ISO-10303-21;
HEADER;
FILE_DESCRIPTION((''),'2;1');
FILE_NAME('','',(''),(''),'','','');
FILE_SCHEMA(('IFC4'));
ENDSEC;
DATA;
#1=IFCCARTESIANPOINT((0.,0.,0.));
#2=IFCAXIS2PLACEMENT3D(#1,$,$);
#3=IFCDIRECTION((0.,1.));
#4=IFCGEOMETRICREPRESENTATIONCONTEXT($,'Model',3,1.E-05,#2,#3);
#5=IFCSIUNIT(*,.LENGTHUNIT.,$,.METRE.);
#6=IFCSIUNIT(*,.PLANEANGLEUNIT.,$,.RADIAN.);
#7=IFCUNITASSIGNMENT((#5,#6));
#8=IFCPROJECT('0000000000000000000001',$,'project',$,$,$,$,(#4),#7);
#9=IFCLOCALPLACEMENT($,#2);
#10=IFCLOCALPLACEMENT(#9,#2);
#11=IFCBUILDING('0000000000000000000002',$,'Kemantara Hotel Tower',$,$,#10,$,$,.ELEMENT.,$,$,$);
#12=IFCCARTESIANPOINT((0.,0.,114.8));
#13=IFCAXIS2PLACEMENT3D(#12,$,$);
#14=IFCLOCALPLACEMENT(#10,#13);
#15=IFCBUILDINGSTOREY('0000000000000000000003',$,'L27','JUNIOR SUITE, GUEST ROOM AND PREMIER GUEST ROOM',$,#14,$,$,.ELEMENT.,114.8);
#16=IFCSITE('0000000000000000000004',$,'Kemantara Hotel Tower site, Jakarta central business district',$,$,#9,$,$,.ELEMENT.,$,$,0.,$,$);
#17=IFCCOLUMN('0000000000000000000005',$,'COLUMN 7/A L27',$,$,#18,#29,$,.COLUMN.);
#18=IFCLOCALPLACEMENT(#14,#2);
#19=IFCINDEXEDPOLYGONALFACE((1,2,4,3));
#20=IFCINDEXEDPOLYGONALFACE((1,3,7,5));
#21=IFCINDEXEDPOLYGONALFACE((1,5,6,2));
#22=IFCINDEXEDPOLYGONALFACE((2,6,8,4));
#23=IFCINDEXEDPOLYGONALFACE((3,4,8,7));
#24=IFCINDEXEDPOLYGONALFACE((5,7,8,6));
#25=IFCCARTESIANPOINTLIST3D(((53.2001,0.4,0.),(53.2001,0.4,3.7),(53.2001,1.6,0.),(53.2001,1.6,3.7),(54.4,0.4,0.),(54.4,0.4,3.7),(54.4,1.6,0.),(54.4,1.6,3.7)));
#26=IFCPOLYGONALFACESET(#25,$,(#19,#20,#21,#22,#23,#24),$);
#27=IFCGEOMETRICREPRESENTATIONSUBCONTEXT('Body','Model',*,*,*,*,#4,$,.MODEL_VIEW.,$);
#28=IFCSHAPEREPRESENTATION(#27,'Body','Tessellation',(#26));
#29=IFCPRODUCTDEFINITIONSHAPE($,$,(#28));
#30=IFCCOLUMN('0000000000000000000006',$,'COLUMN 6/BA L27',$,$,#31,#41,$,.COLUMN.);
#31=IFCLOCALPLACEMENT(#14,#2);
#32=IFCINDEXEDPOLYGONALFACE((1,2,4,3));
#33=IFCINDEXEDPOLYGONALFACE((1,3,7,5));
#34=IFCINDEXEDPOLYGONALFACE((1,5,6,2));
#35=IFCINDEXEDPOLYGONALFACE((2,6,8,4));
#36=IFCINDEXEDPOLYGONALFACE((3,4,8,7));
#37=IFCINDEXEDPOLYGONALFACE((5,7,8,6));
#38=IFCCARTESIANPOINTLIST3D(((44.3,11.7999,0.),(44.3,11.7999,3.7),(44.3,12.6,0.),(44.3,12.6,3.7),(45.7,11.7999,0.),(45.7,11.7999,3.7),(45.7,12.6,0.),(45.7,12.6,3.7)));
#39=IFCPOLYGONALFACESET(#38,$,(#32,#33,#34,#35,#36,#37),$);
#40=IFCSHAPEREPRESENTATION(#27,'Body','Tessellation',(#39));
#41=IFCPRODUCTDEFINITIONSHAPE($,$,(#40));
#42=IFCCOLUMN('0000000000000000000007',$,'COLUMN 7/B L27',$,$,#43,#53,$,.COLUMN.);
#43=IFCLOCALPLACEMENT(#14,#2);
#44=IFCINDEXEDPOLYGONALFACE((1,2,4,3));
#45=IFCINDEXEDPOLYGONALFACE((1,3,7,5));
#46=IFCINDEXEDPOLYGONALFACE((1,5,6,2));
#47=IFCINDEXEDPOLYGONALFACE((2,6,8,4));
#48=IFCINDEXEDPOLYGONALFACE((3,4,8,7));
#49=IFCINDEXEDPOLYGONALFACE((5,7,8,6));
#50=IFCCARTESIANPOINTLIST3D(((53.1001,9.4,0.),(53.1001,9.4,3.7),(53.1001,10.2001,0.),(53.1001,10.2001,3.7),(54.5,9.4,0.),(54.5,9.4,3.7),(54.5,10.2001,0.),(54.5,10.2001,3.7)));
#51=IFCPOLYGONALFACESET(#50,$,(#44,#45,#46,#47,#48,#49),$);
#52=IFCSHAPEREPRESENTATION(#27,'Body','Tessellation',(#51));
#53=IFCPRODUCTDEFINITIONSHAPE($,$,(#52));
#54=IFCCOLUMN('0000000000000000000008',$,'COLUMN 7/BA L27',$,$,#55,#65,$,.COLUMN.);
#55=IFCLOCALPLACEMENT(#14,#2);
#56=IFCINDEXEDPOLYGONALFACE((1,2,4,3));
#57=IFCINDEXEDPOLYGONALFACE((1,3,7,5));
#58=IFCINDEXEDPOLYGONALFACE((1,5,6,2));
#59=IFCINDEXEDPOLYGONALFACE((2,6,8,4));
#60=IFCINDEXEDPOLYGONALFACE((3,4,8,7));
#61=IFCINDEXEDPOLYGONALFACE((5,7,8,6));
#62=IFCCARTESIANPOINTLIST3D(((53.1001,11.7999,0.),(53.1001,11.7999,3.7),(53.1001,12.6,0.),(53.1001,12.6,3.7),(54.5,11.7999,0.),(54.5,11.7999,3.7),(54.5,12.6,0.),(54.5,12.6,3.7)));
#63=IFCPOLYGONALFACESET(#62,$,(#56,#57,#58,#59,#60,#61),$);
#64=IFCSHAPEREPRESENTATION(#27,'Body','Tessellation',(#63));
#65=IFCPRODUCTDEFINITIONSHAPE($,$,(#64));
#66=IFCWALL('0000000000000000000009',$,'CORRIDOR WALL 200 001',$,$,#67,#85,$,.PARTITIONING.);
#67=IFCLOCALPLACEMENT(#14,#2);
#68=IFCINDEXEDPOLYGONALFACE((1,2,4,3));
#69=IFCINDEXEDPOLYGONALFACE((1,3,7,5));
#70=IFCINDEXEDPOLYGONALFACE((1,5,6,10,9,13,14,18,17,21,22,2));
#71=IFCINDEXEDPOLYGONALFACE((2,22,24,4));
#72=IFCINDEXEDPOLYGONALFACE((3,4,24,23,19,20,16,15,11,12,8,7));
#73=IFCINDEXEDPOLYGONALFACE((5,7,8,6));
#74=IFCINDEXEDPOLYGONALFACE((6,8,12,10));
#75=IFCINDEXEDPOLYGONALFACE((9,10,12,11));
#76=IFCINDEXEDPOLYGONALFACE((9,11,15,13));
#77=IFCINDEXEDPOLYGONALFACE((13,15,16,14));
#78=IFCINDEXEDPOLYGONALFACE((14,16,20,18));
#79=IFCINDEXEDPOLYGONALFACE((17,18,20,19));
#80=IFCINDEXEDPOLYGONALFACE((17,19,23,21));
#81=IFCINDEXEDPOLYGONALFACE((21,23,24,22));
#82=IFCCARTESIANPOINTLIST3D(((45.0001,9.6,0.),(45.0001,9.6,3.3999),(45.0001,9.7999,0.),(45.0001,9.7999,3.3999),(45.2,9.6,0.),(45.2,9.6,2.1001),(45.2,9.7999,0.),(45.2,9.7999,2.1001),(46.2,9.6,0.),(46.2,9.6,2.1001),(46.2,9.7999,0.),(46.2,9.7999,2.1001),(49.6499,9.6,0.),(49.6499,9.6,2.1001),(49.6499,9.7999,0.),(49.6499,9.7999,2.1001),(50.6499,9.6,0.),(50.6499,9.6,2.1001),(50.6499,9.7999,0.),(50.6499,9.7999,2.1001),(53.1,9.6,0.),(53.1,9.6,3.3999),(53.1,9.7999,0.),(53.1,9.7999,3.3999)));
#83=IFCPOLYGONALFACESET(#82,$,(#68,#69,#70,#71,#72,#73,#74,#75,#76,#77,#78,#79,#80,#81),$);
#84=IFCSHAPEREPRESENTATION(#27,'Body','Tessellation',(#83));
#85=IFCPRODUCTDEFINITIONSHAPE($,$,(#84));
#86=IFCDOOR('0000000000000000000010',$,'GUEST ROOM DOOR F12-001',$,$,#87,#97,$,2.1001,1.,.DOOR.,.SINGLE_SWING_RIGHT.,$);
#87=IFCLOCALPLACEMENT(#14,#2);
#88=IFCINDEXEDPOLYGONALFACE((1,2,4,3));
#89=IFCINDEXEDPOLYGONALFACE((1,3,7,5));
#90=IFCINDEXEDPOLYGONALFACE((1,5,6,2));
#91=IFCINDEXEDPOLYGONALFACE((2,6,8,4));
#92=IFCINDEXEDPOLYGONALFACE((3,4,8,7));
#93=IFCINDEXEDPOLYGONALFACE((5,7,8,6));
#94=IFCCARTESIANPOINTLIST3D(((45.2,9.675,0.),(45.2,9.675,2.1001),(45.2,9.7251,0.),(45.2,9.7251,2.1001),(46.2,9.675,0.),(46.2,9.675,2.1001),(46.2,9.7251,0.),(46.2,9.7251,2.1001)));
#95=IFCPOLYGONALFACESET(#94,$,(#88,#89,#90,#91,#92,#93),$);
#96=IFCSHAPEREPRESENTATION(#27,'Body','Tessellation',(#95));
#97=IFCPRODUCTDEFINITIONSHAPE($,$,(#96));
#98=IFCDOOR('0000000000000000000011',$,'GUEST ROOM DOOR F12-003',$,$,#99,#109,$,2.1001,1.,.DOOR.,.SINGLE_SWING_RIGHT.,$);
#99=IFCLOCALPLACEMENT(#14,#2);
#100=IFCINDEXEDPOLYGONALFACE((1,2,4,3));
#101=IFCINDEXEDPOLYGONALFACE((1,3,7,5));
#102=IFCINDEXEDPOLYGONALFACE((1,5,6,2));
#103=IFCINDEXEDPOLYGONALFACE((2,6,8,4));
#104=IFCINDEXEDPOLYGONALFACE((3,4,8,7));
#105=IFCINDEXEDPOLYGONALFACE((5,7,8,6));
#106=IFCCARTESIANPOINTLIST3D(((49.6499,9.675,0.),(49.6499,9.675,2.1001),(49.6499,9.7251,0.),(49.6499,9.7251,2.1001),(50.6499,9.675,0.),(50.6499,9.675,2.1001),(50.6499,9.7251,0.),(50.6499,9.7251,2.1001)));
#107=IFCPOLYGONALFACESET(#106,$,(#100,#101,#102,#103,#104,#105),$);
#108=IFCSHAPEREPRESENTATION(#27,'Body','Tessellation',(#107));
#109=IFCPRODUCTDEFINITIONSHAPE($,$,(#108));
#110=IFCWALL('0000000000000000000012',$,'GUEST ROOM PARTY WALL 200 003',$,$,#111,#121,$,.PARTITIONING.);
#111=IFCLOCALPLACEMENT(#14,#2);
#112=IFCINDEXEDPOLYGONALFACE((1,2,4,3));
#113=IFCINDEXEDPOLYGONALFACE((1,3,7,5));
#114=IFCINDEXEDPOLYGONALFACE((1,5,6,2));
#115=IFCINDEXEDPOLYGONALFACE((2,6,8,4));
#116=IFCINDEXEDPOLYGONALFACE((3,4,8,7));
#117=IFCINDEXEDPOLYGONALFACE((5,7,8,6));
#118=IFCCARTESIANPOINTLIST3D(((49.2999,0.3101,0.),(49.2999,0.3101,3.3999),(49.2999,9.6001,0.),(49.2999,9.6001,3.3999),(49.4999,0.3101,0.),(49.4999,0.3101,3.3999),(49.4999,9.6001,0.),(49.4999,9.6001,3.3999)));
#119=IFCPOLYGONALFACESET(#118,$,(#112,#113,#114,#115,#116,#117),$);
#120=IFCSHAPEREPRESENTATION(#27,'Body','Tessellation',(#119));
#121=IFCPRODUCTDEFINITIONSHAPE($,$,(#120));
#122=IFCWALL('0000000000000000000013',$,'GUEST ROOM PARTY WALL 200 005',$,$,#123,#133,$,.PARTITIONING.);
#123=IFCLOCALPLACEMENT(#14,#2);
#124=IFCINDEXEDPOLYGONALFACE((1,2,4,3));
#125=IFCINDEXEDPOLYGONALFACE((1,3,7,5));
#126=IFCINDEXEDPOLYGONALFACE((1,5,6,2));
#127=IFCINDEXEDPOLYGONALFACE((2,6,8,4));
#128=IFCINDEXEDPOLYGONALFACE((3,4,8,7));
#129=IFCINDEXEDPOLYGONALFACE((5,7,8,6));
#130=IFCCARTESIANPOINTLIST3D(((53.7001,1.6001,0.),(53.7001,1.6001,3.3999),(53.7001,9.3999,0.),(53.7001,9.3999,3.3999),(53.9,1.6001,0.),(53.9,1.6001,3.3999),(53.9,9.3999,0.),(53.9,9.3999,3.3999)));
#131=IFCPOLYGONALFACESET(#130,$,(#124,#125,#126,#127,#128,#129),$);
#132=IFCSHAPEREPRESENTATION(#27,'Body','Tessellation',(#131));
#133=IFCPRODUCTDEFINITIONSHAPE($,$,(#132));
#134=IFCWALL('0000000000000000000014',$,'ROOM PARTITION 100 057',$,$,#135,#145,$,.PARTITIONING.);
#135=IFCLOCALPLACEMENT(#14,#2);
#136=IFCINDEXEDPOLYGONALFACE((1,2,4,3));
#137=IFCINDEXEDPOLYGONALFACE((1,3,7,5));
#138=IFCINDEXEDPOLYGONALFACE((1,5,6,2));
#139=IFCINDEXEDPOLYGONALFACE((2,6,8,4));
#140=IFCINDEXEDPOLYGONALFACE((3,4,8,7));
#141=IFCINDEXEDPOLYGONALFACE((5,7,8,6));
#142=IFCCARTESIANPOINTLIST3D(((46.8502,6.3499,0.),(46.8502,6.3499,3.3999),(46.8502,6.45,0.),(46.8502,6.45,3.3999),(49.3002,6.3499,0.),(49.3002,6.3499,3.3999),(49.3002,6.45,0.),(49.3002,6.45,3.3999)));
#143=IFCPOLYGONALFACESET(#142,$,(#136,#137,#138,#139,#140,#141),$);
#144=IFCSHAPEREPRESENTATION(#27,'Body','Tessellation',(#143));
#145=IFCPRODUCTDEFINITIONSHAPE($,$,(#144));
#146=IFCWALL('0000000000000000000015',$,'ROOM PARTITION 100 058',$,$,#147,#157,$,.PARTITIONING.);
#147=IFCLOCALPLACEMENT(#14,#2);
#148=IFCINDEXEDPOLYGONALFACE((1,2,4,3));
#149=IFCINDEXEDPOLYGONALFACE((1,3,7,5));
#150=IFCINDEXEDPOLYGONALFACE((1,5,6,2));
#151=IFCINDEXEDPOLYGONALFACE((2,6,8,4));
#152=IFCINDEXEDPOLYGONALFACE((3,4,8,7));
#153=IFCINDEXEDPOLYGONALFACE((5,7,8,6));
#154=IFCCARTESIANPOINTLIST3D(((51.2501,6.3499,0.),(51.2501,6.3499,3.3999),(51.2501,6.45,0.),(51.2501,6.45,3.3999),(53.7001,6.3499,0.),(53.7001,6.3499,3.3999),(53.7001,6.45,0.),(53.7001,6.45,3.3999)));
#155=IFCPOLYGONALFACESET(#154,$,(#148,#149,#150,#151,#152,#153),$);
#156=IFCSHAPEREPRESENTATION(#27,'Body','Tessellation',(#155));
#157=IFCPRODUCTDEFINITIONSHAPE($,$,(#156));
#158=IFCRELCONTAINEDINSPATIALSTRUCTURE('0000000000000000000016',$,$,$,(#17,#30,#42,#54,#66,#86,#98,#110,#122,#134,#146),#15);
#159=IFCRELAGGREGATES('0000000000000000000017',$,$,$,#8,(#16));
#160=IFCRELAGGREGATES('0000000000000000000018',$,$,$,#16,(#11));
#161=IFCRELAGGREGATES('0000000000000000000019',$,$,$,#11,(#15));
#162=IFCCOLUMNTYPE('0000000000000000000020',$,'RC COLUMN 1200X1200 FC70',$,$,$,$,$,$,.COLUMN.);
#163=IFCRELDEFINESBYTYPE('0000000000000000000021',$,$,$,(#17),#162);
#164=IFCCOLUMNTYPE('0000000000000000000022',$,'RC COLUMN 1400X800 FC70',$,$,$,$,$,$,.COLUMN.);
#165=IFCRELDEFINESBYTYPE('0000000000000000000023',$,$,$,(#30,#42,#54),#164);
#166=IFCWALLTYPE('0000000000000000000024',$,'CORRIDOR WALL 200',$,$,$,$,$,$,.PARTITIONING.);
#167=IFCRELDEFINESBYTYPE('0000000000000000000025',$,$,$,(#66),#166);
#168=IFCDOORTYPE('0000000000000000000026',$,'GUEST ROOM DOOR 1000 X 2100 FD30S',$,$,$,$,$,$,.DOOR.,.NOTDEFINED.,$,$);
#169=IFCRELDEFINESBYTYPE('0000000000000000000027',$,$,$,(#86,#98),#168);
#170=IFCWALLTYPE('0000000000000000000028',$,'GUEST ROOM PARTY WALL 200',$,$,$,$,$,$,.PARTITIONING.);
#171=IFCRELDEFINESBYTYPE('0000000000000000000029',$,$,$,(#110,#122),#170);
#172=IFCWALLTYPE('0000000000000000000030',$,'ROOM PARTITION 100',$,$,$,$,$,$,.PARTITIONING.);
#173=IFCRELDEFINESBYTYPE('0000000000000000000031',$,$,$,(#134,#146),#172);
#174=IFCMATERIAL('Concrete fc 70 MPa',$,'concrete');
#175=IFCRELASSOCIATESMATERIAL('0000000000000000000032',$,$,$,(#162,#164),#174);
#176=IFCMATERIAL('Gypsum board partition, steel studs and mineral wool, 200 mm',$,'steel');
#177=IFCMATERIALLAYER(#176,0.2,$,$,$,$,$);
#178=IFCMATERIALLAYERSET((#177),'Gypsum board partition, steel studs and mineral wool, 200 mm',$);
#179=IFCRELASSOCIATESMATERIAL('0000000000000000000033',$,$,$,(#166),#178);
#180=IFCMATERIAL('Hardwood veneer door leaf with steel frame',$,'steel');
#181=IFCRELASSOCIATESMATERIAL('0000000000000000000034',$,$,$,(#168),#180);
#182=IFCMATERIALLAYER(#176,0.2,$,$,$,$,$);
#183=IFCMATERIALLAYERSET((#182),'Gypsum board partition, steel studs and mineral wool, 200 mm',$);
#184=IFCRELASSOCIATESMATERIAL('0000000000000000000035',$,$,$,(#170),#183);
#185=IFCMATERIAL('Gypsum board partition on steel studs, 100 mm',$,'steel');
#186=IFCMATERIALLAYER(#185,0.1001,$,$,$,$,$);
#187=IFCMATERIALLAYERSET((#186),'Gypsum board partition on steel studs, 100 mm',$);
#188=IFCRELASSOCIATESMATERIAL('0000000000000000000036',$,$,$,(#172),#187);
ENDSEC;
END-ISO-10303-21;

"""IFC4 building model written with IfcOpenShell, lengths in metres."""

from ifc_helpers import new_model, si_unit, direction, frame, frame_2d, origin, origin_2d, place, context, subcontext, project, spatial, rectangle, extrude, material, layer, layer_set, material_profile, profile_set, type_object, element, fill, save


model = new_model("IFC4")

# Units and contexts
model_context = context("Model", 3, precision=1e-05, world=origin(), true_north=direction((0.0, 1.0)))
body_context = subcontext(model_context, "Body", "Model", "MODEL_VIEW")
ifc_project = project(units=[si_unit("LENGTHUNIT", "METRE"), si_unit("PLANEANGLEUNIT", "RADIAN")], contexts=[model_context])

# Site, building, storey
site_placement = place(None, origin())
site = spatial("IfcSite", under=ifc_project, at=site_placement, Name="Kemantara Hotel Tower site, Jakarta central business district", CompositionType="ELEMENT", RefElevation=0.0)
building_placement = place(site_placement, origin())
building = spatial("IfcBuilding", under=site, at=building_placement, Name="Kemantara Hotel Tower", CompositionType="ELEMENT")
storey_placement = place(building_placement, frame((0.0, 0.0, 114.8)))
storey = spatial("IfcBuildingStorey", under=building, at=storey_placement, Name="L27", Description="JUNIOR SUITE, GUEST ROOM AND PREMIER GUEST ROOM", CompositionType="ELEMENT", Elevation=114.8)

# Columns
ifc_material_1 = material(Name="Concrete fc 70 MPa", Category="concrete")
ifc_material_profile_1 = material_profile(ifc_material_1, rectangle(XDim=1.2, YDim=1.2, at=origin_2d()), Name="RC 1200X1200")
ifc_profile_set_1 = profile_set([ifc_material_profile_1], Name="Concrete fc 70 MPa")
column_type_1 = type_object("IfcColumnType", Name="RC COLUMN 1200X1200 FC70", PredefinedType="COLUMN", material=ifc_profile_set_1)
column_placement = place(storey_placement, frame((53.8, 1.0, 0.0), z_axis=(0.0, 0.0, 1.0), x_axis=(1.0, 0.0, 0.0)))
element("IfcColumn", 1, at=column_placement, inside=storey, type_object=column_type_1, Name="COLUMN 7/A L27", PredefinedType="COLUMN", context=body_context, shape_type="SweptSolid", body=[
    extrude(rectangle(XDim=1.2, YDim=1.2, at=origin_2d()), origin(), (0.0, 0.0, 1.0), 3.7),
])
ifc_material_profile_2 = material_profile(ifc_material_1, rectangle(XDim=1.3999, YDim=0.8, at=origin_2d()), Name="RC 1400X800")
ifc_profile_set_2 = profile_set([ifc_material_profile_2], Name="Concrete fc 70 MPa")
column_type_2 = type_object("IfcColumnType", Name="RC COLUMN 1400X800 FC70", PredefinedType="COLUMN", material=ifc_profile_set_2)
for number, where, z_axis, x_axis, name in (
    (2, (45.0, 12.2, 0.0), (0.0, 0.0, 1.0), (1.0, 0.0, 0.0), "COLUMN 6/BA L27"),
    (3, (53.8, 9.8, 0.0), (0.0, 0.0, 1.0), (1.0, 0.0, 0.0), "COLUMN 7/B L27"),
    (4, (53.8, 12.2, 0.0), (0.0, 0.0, 1.0), (1.0, 0.0, 0.0), "COLUMN 7/BA L27"),
):
    element("IfcColumn", number, at=place(storey_placement, frame(where, z_axis=z_axis, x_axis=x_axis)), inside=storey, type_object=column_type_2, Name=name, PredefinedType="COLUMN", context=body_context, shape_type="SweptSolid", body=[
        extrude(rectangle(XDim=1.3999, YDim=0.8, at=origin_2d()), origin(), (0.0, 0.0, 1.0), 3.7),
    ])

# Wall, openings, doors
ifc_material_2 = material(Name="Gypsum board partition, steel studs and mineral wool, 200 mm", Category="steel")
ifc_layer_1 = layer(ifc_material_2, 0.2)
ifc_layer_set_1 = layer_set([ifc_layer_1], Name="Gypsum board partition, steel studs and mineral wool, 200 mm")
wall_type_1 = type_object("IfcWallType", Name="CORRIDOR WALL 200", PredefinedType="PARTITIONING", material=ifc_layer_set_1)
wall_1_placement = place(storey_placement, frame((53.0999, 9.7, 0.0), z_axis=(0.0, 0.0, 1.0), x_axis=(-1.0, 0.0, 0.0)))
wall_1 = element("IfcWall", 5, at=wall_1_placement, inside=storey, type_object=wall_type_1, Name="CORRIDOR WALL 200 001", PredefinedType="PARTITIONING", context=body_context, shape_type="SweptSolid", body=[
    extrude(rectangle(XDim=8.0999, YDim=0.2, at=frame_2d((4.0498, 0.0))), origin(), (0.0, 0.0, 1.0), 3.3999),
])
opening_1_placement = place(wall_1_placement, frame((6.8999, 0.0, 0.0)))
opening_1 = element("IfcOpeningElement", 6, at=opening_1_placement, cuts=wall_1, PredefinedType="OPENING", context=body_context, shape_type="SweptSolid", body=[
    extrude(rectangle(XDim=1.0, YDim=2.1001, at=frame_2d((0.5, 1.05))), frame((0.0, 0.1099, 0.0), z_axis=(0.0, -1.0, 0.0), x_axis=(1.0, 0.0, 0.0)), (0.0, 0.0, 1.0), 0.22),
])
opening_2_placement = place(wall_1_placement, frame((2.45, 0.0, 0.0)))
opening_2 = element("IfcOpeningElement", 7, at=opening_2_placement, cuts=wall_1, PredefinedType="OPENING", context=body_context, shape_type="SweptSolid", body=[
    extrude(rectangle(XDim=1.0, YDim=2.1001, at=frame_2d((0.5, 1.05))), frame((0.0, 0.1099, 0.0), z_axis=(0.0, -1.0, 0.0), x_axis=(1.0, 0.0, 0.0)), (0.0, 0.0, 1.0), 0.22),
])
ifc_material_3 = material(Name="Hardwood veneer door leaf with steel frame", Category="steel")
door_type_1 = type_object("IfcDoorType", Name="GUEST ROOM DOOR 1000 X 2100 FD30S", OperationType="NOTDEFINED", PredefinedType="DOOR", material=ifc_material_3)
door_1_placement = place(opening_1_placement, origin())
door_1 = element("IfcDoor", 8, at=door_1_placement, inside=storey, type_object=door_type_1, Name="GUEST ROOM DOOR F12-001", OperationType="SINGLE_SWING_RIGHT", OverallHeight=2.1001, OverallWidth=1.0, PredefinedType="DOOR", context=body_context, shape_type="SweptSolid", body=[
    extrude(rectangle(XDim=1.0, YDim=2.1001, at=frame_2d((0.5, 1.05))), frame((0.0, 0.0249, 0.0), z_axis=(0.0, -1.0, 0.0), x_axis=(1.0, 0.0, 0.0)), (0.0, 0.0, 1.0), 0.05),
])
fill(opening_1, door_1)
door_2_placement = place(opening_2_placement, origin())
door_2 = element("IfcDoor", 9, at=door_2_placement, inside=storey, type_object=door_type_1, Name="GUEST ROOM DOOR F12-003", OperationType="SINGLE_SWING_RIGHT", OverallHeight=2.1001, OverallWidth=1.0, PredefinedType="DOOR", context=body_context, shape_type="SweptSolid", body=[
    extrude(rectangle(XDim=1.0, YDim=2.1001, at=frame_2d((0.5, 1.05))), frame((0.0, 0.0249, 0.0), z_axis=(0.0, -1.0, 0.0), x_axis=(1.0, 0.0, 0.0)), (0.0, 0.0, 1.0), 0.05),
])
fill(opening_2, door_2)

# Walls
ifc_layer_2 = layer(ifc_material_2, 0.2)
ifc_layer_set_2 = layer_set([ifc_layer_2], Name="Gypsum board partition, steel studs and mineral wool, 200 mm")
wall_type_2 = type_object("IfcWallType", Name="GUEST ROOM PARTY WALL 200", PredefinedType="PARTITIONING", material=ifc_layer_set_2)
wall_2_placement = place(storey_placement, frame((49.3999, 0.3101, 0.0), z_axis=(0.0, 0.0, 1.0), x_axis=(0.0, 1.0, 0.0)))
element("IfcWall", 10, at=wall_2_placement, inside=storey, type_object=wall_type_2, Name="GUEST ROOM PARTY WALL 200 003", PredefinedType="PARTITIONING", context=body_context, shape_type="SweptSolid", body=[
    extrude(rectangle(XDim=9.29, YDim=0.2, at=frame_2d((4.645, 0.0))), origin(), (0.0, 0.0, 1.0), 3.3999),
])
wall_3_placement = place(storey_placement, frame((53.8, 1.6001, 0.0), z_axis=(0.0, 0.0, 1.0), x_axis=(0.0, 1.0, 0.0)))
element("IfcWall", 11, at=wall_3_placement, inside=storey, type_object=wall_type_2, Name="GUEST ROOM PARTY WALL 200 005", PredefinedType="PARTITIONING", context=body_context, shape_type="SweptSolid", body=[
    extrude(rectangle(XDim=7.7998, YDim=0.2, at=frame_2d((3.8999, 0.0))), origin(), (0.0, 0.0, 1.0), 3.3999),
])
ifc_material_4 = material(Name="Gypsum board partition on steel studs, 100 mm", Category="steel")
ifc_layer_3 = layer(ifc_material_4, 0.1001)
ifc_layer_set_3 = layer_set([ifc_layer_3], Name="Gypsum board partition on steel studs, 100 mm")
wall_type_3 = type_object("IfcWallType", Name="ROOM PARTITION 100", PredefinedType="PARTITIONING", material=ifc_layer_set_3)
for number, where, z_axis, x_axis, name in (
    (12, (46.8501, 6.3999, 0.0), (0.0, 0.0, 1.0), (1.0, 0.0, 0.0), "ROOM PARTITION 100 057"),
    (13, (51.25, 6.3999, 0.0), (0.0, 0.0, 1.0), (1.0, 0.0, 0.0), "ROOM PARTITION 100 058"),
):
    element("IfcWall", number, at=place(storey_placement, frame(where, z_axis=z_axis, x_axis=x_axis)), inside=storey, type_object=wall_type_3, Name=name, PredefinedType="PARTITIONING", context=body_context, shape_type="SweptSolid", body=[
        extrude(rectangle(XDim=2.45, YDim=0.1001, at=frame_2d((1.2251, 0.0))), origin(), (0.0, 0.0, 1.0), 3.3999),
    ])

save(model, "model.ifc")
